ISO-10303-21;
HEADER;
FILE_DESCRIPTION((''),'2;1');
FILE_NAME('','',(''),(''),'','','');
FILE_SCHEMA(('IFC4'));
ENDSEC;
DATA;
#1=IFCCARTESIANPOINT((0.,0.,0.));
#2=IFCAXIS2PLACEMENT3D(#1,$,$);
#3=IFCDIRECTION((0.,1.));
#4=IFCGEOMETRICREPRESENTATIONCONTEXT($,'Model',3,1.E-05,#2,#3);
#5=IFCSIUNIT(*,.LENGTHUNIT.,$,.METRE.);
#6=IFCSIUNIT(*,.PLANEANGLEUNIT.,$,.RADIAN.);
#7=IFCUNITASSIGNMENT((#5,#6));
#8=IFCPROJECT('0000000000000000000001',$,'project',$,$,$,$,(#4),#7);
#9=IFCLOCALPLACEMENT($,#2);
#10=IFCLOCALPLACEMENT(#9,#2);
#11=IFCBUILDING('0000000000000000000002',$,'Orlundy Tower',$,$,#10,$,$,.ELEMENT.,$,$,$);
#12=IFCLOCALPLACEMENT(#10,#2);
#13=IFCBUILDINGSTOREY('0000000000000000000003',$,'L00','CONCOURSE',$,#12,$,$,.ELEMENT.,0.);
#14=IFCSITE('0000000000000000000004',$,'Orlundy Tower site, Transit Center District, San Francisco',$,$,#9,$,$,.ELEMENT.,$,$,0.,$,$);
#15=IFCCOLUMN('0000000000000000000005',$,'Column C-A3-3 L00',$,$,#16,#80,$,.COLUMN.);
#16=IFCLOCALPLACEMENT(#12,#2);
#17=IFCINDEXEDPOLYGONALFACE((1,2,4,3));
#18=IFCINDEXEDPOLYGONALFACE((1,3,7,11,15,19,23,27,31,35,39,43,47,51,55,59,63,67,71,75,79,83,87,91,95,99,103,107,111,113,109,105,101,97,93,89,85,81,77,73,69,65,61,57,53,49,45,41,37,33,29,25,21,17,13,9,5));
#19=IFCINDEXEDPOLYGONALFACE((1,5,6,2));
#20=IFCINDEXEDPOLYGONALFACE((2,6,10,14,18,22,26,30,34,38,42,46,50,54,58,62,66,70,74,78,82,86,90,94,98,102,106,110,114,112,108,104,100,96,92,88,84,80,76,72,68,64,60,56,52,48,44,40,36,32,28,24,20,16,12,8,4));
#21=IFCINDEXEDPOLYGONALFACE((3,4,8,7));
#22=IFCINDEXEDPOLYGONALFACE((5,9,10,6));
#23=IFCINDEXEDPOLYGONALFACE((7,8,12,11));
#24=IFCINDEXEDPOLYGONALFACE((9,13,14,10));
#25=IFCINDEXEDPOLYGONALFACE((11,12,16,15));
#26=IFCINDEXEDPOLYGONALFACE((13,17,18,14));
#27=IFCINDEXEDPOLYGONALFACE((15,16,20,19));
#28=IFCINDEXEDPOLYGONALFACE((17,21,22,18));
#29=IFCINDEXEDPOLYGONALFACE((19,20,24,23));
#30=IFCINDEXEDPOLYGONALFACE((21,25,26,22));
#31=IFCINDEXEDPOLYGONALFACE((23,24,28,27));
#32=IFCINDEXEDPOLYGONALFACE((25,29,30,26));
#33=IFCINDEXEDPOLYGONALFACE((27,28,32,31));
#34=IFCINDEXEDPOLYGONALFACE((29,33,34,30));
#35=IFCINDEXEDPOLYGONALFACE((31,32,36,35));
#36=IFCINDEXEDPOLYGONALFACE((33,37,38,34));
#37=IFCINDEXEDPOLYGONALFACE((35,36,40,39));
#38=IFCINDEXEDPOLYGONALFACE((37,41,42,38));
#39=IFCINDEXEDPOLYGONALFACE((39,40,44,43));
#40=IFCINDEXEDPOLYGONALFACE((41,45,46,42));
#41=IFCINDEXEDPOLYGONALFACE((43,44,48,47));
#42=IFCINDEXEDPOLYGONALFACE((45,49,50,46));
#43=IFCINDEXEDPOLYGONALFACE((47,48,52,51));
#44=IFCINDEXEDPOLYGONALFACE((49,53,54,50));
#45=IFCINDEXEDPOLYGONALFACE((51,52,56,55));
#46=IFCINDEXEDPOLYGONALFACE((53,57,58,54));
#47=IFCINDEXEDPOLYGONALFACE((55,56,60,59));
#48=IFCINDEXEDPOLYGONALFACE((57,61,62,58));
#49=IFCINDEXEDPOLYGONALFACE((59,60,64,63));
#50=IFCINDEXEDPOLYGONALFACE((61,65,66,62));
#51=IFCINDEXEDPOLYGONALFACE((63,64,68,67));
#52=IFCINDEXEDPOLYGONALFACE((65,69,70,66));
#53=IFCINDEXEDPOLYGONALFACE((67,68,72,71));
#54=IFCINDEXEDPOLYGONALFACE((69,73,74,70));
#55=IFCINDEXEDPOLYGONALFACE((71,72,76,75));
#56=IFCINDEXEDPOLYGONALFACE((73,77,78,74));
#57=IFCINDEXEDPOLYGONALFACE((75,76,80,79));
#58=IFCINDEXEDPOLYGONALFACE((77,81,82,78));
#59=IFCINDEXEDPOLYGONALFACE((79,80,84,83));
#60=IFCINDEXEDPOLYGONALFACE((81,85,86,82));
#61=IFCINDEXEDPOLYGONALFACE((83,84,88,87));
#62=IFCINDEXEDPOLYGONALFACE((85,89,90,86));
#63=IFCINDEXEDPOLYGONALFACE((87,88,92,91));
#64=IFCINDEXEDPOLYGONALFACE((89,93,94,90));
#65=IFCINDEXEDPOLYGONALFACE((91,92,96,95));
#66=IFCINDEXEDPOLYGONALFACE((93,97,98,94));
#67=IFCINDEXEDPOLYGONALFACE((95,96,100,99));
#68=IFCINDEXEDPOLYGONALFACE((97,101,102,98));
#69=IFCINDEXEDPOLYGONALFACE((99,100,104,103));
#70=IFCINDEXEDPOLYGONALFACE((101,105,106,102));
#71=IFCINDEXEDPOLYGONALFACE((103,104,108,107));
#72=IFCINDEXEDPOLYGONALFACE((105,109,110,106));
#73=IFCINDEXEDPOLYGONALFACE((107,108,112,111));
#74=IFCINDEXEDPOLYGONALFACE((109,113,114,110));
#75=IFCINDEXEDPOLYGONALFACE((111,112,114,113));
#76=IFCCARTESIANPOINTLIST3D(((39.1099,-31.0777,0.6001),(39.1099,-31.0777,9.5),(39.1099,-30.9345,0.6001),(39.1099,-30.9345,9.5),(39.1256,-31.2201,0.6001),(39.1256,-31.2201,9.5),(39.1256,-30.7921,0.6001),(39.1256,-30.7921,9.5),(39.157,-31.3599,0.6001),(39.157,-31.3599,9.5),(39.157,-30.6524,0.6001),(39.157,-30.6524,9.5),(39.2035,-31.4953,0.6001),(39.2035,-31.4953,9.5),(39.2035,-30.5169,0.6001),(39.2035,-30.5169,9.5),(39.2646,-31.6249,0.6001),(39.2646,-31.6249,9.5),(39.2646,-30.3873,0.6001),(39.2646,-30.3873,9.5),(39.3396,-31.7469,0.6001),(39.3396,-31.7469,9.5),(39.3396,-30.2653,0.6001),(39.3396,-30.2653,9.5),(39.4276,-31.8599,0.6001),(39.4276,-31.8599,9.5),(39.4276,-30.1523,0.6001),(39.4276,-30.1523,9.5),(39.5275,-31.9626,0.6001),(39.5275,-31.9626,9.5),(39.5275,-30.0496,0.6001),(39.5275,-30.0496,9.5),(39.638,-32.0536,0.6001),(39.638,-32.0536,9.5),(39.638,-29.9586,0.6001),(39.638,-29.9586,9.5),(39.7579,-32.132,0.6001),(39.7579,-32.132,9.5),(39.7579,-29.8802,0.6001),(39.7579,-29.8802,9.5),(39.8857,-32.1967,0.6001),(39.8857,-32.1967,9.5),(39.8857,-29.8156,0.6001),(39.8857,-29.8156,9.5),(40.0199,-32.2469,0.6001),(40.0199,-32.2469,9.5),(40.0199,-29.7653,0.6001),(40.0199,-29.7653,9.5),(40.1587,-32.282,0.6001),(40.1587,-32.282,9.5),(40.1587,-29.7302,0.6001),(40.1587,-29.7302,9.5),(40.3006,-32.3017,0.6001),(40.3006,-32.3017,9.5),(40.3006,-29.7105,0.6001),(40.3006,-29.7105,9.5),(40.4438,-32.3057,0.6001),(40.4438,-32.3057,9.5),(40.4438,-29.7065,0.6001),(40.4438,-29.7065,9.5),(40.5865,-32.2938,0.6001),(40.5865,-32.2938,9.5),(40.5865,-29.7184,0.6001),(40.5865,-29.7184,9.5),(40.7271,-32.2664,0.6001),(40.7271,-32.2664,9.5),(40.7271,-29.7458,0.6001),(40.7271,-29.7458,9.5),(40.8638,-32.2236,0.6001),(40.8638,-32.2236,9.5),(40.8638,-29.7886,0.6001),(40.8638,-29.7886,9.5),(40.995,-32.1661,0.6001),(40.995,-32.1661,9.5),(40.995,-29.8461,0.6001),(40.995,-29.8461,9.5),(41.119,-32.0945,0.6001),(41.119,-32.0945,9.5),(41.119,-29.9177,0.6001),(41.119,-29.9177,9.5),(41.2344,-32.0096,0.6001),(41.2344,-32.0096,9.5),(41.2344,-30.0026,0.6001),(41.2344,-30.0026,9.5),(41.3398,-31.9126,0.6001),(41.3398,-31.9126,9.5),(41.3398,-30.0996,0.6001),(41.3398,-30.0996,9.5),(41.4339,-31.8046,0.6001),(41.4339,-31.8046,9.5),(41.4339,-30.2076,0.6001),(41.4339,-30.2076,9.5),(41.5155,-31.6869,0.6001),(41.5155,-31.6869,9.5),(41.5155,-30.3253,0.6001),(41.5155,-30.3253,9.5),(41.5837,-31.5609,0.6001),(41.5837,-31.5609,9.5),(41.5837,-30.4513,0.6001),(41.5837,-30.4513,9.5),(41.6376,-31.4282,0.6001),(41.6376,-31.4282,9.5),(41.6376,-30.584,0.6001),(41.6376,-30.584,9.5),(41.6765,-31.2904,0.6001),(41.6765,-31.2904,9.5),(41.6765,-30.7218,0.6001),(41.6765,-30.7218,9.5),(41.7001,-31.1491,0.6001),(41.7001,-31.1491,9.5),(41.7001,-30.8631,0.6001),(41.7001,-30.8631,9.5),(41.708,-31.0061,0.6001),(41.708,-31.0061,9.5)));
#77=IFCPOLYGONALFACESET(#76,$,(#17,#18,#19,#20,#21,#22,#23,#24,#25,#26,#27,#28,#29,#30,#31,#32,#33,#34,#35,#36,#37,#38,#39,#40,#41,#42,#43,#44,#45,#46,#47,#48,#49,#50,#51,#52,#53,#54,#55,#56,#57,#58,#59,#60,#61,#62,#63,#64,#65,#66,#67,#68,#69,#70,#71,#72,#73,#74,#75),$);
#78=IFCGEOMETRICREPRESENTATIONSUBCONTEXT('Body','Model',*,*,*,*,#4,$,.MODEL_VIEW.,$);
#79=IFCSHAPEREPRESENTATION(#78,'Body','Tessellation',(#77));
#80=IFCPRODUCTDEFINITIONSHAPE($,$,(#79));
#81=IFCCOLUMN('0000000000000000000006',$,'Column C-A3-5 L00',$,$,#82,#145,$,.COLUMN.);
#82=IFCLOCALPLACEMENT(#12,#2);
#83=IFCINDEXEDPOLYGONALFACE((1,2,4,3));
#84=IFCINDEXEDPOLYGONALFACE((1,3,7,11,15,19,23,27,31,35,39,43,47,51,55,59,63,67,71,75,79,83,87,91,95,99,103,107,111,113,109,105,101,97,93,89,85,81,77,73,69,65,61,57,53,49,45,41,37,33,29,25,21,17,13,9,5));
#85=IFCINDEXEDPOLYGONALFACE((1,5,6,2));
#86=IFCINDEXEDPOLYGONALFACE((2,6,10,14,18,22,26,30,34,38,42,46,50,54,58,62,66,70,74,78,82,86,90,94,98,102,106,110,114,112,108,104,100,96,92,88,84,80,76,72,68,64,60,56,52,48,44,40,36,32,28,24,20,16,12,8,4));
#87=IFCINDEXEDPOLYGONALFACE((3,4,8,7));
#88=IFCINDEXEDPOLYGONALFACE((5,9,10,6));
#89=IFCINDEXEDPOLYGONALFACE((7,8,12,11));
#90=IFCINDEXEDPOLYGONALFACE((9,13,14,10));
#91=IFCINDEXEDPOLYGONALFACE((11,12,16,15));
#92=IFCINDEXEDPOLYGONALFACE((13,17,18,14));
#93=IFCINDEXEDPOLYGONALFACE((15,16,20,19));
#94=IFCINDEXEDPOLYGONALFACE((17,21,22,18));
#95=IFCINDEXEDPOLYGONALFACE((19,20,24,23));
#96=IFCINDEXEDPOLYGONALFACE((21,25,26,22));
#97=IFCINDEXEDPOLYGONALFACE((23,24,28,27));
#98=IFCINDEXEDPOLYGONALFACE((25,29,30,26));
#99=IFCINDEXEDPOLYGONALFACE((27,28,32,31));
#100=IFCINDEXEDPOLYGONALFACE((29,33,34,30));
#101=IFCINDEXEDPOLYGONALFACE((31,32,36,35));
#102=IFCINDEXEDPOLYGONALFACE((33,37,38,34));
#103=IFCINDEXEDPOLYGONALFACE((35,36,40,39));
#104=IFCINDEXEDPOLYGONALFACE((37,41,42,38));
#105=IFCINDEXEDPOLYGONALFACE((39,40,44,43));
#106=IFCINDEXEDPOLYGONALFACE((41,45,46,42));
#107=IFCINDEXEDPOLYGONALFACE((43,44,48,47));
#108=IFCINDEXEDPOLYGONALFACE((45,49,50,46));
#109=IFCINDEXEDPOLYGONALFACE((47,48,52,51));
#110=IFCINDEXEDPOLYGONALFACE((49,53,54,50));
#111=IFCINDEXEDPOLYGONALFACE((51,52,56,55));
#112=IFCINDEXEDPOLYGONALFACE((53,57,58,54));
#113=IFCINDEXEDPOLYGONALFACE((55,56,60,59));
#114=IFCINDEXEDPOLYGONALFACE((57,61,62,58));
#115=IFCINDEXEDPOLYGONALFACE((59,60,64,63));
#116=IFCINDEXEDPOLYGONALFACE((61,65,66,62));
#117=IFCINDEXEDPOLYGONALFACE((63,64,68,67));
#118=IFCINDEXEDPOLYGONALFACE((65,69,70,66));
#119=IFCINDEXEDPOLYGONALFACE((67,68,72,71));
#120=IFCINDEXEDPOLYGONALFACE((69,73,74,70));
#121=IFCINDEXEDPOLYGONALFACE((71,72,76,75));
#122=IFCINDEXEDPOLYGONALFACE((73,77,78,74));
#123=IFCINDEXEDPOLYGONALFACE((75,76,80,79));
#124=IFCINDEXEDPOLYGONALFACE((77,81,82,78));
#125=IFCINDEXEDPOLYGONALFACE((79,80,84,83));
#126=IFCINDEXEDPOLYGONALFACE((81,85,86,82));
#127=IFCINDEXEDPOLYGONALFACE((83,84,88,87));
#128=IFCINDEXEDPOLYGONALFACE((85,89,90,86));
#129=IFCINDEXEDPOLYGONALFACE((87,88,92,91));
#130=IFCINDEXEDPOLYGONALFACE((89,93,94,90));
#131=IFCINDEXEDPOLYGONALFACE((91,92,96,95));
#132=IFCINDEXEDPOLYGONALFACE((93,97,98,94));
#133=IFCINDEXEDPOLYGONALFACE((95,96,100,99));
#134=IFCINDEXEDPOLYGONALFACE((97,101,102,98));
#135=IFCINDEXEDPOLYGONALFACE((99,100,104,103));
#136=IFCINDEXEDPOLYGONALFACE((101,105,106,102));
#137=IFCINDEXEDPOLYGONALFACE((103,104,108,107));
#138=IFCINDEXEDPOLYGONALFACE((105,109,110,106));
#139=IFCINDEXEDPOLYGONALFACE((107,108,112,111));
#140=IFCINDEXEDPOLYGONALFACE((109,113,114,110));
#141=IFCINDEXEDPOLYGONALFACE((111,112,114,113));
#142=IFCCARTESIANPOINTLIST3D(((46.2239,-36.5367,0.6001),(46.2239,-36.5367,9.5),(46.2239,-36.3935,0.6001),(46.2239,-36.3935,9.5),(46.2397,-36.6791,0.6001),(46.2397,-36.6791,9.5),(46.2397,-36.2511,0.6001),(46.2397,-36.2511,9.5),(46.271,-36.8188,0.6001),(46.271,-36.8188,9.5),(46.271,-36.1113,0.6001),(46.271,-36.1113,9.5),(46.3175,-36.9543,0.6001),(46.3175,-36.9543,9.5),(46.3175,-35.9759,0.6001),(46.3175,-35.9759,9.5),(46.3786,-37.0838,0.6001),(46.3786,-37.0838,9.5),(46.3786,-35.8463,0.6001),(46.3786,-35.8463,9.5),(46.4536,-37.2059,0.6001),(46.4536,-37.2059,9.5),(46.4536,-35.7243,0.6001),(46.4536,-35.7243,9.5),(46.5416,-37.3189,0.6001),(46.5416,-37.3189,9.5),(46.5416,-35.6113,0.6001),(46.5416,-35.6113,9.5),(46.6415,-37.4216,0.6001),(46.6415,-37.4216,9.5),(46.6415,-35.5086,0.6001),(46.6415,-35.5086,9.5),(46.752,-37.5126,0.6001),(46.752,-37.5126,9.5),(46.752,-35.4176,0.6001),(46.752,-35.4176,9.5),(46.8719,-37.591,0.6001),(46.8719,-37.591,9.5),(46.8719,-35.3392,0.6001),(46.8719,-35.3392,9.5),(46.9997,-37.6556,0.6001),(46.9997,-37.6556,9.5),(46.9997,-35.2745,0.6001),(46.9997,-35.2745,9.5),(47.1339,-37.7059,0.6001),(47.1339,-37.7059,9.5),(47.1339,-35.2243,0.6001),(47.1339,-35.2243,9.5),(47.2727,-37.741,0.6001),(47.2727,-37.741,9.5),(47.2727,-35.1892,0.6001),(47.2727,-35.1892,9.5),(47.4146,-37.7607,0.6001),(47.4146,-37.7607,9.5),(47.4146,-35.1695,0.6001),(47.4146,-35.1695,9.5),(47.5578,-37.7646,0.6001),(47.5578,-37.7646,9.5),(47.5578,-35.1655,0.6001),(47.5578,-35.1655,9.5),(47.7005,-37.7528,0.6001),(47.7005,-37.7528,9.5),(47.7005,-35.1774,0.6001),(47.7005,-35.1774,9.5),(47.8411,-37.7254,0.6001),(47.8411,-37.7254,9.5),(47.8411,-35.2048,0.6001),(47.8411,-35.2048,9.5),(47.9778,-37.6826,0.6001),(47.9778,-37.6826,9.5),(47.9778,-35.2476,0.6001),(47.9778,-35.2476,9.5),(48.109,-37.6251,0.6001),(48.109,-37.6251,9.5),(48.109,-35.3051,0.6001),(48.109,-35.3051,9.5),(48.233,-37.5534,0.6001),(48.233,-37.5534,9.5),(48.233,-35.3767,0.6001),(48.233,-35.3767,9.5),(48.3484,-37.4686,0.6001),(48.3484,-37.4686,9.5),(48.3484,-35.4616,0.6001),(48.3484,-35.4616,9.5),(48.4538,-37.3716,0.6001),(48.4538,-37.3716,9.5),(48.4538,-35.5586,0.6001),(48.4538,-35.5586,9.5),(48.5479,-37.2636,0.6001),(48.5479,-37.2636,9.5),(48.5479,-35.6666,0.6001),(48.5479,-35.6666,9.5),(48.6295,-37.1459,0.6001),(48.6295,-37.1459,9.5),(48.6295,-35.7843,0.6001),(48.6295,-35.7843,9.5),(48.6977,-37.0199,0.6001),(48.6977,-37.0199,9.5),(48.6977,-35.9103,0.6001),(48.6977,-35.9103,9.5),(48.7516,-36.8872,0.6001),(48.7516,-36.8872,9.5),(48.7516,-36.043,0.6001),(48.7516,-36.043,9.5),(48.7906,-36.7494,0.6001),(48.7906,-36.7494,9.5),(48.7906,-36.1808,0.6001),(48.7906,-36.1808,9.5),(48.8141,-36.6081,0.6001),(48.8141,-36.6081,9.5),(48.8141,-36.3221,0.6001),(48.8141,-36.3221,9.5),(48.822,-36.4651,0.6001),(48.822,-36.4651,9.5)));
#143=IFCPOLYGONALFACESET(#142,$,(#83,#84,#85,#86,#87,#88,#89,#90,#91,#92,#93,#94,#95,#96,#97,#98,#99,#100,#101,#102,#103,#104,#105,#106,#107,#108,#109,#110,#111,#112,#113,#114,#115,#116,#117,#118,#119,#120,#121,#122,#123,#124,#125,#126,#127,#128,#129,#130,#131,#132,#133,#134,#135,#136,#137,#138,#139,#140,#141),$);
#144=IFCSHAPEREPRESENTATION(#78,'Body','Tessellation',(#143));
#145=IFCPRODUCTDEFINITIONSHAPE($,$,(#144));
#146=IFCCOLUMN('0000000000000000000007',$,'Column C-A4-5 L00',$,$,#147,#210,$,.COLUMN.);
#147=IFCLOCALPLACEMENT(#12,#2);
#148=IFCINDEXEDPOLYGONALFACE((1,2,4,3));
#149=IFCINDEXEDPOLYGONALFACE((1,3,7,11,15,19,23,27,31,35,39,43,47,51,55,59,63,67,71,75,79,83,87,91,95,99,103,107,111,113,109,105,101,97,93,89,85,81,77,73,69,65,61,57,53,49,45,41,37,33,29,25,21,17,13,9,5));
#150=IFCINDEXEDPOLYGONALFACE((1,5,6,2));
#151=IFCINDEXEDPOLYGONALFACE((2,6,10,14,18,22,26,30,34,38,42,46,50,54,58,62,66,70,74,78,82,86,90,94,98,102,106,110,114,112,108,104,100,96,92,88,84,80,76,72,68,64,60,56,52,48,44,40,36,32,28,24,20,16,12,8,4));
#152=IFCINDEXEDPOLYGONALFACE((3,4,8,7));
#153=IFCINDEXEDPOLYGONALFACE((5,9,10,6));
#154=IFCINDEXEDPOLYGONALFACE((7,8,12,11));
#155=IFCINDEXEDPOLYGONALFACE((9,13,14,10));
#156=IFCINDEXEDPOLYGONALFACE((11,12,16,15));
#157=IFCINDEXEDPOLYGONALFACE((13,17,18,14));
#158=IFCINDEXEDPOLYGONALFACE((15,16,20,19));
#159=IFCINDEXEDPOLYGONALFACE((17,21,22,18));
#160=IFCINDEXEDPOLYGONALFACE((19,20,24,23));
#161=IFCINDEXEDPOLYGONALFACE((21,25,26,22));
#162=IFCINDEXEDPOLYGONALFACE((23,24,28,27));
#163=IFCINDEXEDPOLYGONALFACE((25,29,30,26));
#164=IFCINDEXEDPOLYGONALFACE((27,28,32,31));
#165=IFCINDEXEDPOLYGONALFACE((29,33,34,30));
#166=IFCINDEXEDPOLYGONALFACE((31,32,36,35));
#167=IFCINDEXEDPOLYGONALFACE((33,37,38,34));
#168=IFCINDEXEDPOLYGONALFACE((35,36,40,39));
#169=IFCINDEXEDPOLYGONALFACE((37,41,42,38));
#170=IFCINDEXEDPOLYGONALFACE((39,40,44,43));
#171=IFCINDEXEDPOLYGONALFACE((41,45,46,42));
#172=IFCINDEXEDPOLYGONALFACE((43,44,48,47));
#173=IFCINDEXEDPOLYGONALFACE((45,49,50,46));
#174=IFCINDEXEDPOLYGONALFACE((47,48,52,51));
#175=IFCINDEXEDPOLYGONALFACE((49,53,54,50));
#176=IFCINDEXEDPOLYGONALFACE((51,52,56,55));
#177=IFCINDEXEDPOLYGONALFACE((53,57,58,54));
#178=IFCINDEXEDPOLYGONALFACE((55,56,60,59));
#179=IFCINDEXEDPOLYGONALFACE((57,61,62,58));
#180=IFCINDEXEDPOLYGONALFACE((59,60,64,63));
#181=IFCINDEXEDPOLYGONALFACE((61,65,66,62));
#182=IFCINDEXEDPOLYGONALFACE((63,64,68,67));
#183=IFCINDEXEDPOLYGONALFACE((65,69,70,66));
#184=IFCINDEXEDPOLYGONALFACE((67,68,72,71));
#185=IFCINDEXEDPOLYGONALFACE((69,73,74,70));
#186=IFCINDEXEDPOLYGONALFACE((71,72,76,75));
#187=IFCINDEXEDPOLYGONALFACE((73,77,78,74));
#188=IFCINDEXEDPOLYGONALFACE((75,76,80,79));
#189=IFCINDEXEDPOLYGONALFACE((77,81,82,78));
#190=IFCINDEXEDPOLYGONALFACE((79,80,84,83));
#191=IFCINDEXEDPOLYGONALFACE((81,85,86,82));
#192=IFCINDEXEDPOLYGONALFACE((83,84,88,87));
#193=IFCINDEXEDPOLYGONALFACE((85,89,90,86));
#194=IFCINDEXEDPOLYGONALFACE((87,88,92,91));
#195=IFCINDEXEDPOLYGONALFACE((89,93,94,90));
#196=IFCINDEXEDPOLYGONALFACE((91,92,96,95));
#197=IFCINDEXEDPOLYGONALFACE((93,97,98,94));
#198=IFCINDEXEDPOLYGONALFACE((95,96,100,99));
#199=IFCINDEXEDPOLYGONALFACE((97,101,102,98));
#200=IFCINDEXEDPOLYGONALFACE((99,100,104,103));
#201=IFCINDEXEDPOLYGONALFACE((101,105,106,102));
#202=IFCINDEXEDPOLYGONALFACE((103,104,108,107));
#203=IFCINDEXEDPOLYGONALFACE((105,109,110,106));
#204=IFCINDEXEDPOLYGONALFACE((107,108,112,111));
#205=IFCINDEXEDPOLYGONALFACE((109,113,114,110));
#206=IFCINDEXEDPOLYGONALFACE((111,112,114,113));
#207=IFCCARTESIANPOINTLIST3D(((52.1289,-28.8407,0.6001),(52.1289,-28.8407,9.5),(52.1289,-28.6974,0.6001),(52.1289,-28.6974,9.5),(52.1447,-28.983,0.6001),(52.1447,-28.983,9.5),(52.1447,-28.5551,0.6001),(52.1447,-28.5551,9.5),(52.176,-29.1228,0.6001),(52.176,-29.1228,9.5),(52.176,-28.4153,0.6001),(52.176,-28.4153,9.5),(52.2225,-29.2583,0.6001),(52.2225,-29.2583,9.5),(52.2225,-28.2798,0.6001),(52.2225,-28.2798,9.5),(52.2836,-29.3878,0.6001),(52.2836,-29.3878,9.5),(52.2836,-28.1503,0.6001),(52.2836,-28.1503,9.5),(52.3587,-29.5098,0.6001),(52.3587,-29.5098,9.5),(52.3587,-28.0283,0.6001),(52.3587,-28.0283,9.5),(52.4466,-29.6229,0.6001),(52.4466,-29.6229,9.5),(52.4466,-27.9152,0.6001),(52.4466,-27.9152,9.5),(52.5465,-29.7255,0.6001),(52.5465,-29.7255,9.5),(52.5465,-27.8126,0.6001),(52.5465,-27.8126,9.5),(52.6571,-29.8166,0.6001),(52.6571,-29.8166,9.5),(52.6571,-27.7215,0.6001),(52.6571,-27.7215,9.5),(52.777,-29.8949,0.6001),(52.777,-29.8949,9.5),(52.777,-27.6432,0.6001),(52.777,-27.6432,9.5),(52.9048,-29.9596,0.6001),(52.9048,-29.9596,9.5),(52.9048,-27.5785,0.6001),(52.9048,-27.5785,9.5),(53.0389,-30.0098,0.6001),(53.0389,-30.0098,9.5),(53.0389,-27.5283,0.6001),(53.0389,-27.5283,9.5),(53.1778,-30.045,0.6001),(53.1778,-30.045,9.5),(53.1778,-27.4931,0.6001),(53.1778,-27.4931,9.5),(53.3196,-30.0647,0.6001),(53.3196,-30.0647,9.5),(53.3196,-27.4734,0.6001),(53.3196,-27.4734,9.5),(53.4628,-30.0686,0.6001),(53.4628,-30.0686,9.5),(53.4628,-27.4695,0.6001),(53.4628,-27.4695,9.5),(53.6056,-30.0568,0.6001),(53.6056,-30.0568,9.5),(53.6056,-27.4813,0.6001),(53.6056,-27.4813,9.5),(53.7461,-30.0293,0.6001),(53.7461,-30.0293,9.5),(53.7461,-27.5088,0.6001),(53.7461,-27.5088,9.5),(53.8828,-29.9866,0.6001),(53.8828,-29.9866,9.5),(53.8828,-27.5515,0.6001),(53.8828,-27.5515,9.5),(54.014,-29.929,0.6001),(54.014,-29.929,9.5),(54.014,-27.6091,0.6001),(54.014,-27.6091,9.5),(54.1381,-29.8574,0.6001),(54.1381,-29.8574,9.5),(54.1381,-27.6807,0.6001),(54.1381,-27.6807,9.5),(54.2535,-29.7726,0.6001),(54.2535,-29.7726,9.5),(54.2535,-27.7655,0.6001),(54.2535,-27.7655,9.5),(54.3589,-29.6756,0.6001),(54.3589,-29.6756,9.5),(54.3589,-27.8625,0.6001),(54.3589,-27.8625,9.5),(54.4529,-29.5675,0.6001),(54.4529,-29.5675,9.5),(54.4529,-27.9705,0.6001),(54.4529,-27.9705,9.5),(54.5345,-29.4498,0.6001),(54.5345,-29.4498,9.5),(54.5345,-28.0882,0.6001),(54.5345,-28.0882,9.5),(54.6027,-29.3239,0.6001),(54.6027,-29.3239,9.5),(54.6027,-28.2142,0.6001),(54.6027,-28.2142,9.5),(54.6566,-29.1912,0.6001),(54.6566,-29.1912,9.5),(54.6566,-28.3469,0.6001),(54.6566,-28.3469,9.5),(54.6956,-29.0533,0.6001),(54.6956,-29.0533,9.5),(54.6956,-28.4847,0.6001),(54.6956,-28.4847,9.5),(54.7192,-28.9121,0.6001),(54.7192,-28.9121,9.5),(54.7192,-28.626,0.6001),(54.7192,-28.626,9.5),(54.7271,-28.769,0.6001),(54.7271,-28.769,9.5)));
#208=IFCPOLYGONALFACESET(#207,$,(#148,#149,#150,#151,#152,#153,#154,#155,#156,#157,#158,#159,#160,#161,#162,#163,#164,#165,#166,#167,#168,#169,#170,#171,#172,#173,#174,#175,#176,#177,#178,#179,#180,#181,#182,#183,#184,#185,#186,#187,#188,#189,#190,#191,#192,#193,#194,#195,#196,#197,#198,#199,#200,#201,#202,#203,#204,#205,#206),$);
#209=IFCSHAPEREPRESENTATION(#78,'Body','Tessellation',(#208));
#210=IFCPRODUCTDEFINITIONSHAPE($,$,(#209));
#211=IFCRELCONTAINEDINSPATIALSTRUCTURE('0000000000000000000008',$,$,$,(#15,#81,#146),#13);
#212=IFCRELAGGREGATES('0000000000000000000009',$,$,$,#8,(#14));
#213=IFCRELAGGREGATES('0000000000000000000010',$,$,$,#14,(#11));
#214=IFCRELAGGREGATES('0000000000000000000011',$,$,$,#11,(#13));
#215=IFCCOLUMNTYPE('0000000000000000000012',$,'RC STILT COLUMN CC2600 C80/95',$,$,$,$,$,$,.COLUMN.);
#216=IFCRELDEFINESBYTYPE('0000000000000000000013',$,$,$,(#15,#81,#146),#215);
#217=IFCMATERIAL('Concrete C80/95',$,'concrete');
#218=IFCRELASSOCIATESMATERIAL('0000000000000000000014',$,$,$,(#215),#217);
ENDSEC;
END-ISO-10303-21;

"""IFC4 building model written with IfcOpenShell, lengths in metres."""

from ifc_helpers import new_model, si_unit, direction, frame, origin, origin_2d, place, context, subcontext, project, spatial, circle, extrude, material, material_profile, profile_set, type_object, element, save


model = new_model("IFC4")

# Units and contexts
model_context = context("Model", 3, precision=1e-05, world=origin(), true_north=direction((0.0, 1.0)))
body_context = subcontext(model_context, "Body", "Model", "MODEL_VIEW")
ifc_project = project(units=[si_unit("LENGTHUNIT", "METRE"), si_unit("PLANEANGLEUNIT", "RADIAN")], contexts=[model_context])

# Site, building, storey
site_placement = place(None, origin())
site = spatial("IfcSite", under=ifc_project, at=site_placement, Name="Orlundy Tower site, Transit Center District, San Francisco", CompositionType="ELEMENT", RefElevation=0.0)
building_placement = place(site_placement, origin())
building = spatial("IfcBuilding", under=site, at=building_placement, Name="Orlundy Tower", CompositionType="ELEMENT")
storey_placement = place(building_placement, origin())
storey = spatial("IfcBuildingStorey", under=building, at=storey_placement, Name="L00", Description="CONCOURSE", CompositionType="ELEMENT", Elevation=0.0)

# Columns
ifc_material_1 = material(Name="Concrete C80/95", Category="concrete")
ifc_material_profile_1 = material_profile(ifc_material_1, circle(Radius=1.3, at=origin_2d()), Name="CC2600")
ifc_profile_set_1 = profile_set([ifc_material_profile_1], Name="Concrete C80/95")
column_type_1 = type_object("IfcColumnType", Name="RC STILT COLUMN CC2600 C80/95", PredefinedType="COLUMN", material=ifc_profile_set_1)
for number, where, z_axis, x_axis, name in (
    (1, (40.408, -31.0061, 0.6001), (0.0, 0.0, 1.0), (1.0, 0.0, 0.0), "Column C-A3-3 L00"),
    (2, (47.522, -36.4651, 0.6001), (0.0, 0.0, 1.0), (1.0, 0.0, 0.0), "Column C-A3-5 L00"),
    (3, (53.427, -28.769, 0.6001), (0.0, 0.0, 1.0), (1.0, 0.0, 0.0), "Column C-A4-5 L00"),
):
    element("IfcColumn", number, at=place(storey_placement, frame(where, z_axis=z_axis, x_axis=x_axis)), inside=storey, type_object=column_type_1, Name=name, PredefinedType="COLUMN", context=body_context, shape_type="SweptSolid", body=[
        extrude(circle(Radius=1.3, at=origin_2d()), origin(), (0.0, 0.0, 1.0), 8.8999),
    ])

save(model, "model.ifc")
